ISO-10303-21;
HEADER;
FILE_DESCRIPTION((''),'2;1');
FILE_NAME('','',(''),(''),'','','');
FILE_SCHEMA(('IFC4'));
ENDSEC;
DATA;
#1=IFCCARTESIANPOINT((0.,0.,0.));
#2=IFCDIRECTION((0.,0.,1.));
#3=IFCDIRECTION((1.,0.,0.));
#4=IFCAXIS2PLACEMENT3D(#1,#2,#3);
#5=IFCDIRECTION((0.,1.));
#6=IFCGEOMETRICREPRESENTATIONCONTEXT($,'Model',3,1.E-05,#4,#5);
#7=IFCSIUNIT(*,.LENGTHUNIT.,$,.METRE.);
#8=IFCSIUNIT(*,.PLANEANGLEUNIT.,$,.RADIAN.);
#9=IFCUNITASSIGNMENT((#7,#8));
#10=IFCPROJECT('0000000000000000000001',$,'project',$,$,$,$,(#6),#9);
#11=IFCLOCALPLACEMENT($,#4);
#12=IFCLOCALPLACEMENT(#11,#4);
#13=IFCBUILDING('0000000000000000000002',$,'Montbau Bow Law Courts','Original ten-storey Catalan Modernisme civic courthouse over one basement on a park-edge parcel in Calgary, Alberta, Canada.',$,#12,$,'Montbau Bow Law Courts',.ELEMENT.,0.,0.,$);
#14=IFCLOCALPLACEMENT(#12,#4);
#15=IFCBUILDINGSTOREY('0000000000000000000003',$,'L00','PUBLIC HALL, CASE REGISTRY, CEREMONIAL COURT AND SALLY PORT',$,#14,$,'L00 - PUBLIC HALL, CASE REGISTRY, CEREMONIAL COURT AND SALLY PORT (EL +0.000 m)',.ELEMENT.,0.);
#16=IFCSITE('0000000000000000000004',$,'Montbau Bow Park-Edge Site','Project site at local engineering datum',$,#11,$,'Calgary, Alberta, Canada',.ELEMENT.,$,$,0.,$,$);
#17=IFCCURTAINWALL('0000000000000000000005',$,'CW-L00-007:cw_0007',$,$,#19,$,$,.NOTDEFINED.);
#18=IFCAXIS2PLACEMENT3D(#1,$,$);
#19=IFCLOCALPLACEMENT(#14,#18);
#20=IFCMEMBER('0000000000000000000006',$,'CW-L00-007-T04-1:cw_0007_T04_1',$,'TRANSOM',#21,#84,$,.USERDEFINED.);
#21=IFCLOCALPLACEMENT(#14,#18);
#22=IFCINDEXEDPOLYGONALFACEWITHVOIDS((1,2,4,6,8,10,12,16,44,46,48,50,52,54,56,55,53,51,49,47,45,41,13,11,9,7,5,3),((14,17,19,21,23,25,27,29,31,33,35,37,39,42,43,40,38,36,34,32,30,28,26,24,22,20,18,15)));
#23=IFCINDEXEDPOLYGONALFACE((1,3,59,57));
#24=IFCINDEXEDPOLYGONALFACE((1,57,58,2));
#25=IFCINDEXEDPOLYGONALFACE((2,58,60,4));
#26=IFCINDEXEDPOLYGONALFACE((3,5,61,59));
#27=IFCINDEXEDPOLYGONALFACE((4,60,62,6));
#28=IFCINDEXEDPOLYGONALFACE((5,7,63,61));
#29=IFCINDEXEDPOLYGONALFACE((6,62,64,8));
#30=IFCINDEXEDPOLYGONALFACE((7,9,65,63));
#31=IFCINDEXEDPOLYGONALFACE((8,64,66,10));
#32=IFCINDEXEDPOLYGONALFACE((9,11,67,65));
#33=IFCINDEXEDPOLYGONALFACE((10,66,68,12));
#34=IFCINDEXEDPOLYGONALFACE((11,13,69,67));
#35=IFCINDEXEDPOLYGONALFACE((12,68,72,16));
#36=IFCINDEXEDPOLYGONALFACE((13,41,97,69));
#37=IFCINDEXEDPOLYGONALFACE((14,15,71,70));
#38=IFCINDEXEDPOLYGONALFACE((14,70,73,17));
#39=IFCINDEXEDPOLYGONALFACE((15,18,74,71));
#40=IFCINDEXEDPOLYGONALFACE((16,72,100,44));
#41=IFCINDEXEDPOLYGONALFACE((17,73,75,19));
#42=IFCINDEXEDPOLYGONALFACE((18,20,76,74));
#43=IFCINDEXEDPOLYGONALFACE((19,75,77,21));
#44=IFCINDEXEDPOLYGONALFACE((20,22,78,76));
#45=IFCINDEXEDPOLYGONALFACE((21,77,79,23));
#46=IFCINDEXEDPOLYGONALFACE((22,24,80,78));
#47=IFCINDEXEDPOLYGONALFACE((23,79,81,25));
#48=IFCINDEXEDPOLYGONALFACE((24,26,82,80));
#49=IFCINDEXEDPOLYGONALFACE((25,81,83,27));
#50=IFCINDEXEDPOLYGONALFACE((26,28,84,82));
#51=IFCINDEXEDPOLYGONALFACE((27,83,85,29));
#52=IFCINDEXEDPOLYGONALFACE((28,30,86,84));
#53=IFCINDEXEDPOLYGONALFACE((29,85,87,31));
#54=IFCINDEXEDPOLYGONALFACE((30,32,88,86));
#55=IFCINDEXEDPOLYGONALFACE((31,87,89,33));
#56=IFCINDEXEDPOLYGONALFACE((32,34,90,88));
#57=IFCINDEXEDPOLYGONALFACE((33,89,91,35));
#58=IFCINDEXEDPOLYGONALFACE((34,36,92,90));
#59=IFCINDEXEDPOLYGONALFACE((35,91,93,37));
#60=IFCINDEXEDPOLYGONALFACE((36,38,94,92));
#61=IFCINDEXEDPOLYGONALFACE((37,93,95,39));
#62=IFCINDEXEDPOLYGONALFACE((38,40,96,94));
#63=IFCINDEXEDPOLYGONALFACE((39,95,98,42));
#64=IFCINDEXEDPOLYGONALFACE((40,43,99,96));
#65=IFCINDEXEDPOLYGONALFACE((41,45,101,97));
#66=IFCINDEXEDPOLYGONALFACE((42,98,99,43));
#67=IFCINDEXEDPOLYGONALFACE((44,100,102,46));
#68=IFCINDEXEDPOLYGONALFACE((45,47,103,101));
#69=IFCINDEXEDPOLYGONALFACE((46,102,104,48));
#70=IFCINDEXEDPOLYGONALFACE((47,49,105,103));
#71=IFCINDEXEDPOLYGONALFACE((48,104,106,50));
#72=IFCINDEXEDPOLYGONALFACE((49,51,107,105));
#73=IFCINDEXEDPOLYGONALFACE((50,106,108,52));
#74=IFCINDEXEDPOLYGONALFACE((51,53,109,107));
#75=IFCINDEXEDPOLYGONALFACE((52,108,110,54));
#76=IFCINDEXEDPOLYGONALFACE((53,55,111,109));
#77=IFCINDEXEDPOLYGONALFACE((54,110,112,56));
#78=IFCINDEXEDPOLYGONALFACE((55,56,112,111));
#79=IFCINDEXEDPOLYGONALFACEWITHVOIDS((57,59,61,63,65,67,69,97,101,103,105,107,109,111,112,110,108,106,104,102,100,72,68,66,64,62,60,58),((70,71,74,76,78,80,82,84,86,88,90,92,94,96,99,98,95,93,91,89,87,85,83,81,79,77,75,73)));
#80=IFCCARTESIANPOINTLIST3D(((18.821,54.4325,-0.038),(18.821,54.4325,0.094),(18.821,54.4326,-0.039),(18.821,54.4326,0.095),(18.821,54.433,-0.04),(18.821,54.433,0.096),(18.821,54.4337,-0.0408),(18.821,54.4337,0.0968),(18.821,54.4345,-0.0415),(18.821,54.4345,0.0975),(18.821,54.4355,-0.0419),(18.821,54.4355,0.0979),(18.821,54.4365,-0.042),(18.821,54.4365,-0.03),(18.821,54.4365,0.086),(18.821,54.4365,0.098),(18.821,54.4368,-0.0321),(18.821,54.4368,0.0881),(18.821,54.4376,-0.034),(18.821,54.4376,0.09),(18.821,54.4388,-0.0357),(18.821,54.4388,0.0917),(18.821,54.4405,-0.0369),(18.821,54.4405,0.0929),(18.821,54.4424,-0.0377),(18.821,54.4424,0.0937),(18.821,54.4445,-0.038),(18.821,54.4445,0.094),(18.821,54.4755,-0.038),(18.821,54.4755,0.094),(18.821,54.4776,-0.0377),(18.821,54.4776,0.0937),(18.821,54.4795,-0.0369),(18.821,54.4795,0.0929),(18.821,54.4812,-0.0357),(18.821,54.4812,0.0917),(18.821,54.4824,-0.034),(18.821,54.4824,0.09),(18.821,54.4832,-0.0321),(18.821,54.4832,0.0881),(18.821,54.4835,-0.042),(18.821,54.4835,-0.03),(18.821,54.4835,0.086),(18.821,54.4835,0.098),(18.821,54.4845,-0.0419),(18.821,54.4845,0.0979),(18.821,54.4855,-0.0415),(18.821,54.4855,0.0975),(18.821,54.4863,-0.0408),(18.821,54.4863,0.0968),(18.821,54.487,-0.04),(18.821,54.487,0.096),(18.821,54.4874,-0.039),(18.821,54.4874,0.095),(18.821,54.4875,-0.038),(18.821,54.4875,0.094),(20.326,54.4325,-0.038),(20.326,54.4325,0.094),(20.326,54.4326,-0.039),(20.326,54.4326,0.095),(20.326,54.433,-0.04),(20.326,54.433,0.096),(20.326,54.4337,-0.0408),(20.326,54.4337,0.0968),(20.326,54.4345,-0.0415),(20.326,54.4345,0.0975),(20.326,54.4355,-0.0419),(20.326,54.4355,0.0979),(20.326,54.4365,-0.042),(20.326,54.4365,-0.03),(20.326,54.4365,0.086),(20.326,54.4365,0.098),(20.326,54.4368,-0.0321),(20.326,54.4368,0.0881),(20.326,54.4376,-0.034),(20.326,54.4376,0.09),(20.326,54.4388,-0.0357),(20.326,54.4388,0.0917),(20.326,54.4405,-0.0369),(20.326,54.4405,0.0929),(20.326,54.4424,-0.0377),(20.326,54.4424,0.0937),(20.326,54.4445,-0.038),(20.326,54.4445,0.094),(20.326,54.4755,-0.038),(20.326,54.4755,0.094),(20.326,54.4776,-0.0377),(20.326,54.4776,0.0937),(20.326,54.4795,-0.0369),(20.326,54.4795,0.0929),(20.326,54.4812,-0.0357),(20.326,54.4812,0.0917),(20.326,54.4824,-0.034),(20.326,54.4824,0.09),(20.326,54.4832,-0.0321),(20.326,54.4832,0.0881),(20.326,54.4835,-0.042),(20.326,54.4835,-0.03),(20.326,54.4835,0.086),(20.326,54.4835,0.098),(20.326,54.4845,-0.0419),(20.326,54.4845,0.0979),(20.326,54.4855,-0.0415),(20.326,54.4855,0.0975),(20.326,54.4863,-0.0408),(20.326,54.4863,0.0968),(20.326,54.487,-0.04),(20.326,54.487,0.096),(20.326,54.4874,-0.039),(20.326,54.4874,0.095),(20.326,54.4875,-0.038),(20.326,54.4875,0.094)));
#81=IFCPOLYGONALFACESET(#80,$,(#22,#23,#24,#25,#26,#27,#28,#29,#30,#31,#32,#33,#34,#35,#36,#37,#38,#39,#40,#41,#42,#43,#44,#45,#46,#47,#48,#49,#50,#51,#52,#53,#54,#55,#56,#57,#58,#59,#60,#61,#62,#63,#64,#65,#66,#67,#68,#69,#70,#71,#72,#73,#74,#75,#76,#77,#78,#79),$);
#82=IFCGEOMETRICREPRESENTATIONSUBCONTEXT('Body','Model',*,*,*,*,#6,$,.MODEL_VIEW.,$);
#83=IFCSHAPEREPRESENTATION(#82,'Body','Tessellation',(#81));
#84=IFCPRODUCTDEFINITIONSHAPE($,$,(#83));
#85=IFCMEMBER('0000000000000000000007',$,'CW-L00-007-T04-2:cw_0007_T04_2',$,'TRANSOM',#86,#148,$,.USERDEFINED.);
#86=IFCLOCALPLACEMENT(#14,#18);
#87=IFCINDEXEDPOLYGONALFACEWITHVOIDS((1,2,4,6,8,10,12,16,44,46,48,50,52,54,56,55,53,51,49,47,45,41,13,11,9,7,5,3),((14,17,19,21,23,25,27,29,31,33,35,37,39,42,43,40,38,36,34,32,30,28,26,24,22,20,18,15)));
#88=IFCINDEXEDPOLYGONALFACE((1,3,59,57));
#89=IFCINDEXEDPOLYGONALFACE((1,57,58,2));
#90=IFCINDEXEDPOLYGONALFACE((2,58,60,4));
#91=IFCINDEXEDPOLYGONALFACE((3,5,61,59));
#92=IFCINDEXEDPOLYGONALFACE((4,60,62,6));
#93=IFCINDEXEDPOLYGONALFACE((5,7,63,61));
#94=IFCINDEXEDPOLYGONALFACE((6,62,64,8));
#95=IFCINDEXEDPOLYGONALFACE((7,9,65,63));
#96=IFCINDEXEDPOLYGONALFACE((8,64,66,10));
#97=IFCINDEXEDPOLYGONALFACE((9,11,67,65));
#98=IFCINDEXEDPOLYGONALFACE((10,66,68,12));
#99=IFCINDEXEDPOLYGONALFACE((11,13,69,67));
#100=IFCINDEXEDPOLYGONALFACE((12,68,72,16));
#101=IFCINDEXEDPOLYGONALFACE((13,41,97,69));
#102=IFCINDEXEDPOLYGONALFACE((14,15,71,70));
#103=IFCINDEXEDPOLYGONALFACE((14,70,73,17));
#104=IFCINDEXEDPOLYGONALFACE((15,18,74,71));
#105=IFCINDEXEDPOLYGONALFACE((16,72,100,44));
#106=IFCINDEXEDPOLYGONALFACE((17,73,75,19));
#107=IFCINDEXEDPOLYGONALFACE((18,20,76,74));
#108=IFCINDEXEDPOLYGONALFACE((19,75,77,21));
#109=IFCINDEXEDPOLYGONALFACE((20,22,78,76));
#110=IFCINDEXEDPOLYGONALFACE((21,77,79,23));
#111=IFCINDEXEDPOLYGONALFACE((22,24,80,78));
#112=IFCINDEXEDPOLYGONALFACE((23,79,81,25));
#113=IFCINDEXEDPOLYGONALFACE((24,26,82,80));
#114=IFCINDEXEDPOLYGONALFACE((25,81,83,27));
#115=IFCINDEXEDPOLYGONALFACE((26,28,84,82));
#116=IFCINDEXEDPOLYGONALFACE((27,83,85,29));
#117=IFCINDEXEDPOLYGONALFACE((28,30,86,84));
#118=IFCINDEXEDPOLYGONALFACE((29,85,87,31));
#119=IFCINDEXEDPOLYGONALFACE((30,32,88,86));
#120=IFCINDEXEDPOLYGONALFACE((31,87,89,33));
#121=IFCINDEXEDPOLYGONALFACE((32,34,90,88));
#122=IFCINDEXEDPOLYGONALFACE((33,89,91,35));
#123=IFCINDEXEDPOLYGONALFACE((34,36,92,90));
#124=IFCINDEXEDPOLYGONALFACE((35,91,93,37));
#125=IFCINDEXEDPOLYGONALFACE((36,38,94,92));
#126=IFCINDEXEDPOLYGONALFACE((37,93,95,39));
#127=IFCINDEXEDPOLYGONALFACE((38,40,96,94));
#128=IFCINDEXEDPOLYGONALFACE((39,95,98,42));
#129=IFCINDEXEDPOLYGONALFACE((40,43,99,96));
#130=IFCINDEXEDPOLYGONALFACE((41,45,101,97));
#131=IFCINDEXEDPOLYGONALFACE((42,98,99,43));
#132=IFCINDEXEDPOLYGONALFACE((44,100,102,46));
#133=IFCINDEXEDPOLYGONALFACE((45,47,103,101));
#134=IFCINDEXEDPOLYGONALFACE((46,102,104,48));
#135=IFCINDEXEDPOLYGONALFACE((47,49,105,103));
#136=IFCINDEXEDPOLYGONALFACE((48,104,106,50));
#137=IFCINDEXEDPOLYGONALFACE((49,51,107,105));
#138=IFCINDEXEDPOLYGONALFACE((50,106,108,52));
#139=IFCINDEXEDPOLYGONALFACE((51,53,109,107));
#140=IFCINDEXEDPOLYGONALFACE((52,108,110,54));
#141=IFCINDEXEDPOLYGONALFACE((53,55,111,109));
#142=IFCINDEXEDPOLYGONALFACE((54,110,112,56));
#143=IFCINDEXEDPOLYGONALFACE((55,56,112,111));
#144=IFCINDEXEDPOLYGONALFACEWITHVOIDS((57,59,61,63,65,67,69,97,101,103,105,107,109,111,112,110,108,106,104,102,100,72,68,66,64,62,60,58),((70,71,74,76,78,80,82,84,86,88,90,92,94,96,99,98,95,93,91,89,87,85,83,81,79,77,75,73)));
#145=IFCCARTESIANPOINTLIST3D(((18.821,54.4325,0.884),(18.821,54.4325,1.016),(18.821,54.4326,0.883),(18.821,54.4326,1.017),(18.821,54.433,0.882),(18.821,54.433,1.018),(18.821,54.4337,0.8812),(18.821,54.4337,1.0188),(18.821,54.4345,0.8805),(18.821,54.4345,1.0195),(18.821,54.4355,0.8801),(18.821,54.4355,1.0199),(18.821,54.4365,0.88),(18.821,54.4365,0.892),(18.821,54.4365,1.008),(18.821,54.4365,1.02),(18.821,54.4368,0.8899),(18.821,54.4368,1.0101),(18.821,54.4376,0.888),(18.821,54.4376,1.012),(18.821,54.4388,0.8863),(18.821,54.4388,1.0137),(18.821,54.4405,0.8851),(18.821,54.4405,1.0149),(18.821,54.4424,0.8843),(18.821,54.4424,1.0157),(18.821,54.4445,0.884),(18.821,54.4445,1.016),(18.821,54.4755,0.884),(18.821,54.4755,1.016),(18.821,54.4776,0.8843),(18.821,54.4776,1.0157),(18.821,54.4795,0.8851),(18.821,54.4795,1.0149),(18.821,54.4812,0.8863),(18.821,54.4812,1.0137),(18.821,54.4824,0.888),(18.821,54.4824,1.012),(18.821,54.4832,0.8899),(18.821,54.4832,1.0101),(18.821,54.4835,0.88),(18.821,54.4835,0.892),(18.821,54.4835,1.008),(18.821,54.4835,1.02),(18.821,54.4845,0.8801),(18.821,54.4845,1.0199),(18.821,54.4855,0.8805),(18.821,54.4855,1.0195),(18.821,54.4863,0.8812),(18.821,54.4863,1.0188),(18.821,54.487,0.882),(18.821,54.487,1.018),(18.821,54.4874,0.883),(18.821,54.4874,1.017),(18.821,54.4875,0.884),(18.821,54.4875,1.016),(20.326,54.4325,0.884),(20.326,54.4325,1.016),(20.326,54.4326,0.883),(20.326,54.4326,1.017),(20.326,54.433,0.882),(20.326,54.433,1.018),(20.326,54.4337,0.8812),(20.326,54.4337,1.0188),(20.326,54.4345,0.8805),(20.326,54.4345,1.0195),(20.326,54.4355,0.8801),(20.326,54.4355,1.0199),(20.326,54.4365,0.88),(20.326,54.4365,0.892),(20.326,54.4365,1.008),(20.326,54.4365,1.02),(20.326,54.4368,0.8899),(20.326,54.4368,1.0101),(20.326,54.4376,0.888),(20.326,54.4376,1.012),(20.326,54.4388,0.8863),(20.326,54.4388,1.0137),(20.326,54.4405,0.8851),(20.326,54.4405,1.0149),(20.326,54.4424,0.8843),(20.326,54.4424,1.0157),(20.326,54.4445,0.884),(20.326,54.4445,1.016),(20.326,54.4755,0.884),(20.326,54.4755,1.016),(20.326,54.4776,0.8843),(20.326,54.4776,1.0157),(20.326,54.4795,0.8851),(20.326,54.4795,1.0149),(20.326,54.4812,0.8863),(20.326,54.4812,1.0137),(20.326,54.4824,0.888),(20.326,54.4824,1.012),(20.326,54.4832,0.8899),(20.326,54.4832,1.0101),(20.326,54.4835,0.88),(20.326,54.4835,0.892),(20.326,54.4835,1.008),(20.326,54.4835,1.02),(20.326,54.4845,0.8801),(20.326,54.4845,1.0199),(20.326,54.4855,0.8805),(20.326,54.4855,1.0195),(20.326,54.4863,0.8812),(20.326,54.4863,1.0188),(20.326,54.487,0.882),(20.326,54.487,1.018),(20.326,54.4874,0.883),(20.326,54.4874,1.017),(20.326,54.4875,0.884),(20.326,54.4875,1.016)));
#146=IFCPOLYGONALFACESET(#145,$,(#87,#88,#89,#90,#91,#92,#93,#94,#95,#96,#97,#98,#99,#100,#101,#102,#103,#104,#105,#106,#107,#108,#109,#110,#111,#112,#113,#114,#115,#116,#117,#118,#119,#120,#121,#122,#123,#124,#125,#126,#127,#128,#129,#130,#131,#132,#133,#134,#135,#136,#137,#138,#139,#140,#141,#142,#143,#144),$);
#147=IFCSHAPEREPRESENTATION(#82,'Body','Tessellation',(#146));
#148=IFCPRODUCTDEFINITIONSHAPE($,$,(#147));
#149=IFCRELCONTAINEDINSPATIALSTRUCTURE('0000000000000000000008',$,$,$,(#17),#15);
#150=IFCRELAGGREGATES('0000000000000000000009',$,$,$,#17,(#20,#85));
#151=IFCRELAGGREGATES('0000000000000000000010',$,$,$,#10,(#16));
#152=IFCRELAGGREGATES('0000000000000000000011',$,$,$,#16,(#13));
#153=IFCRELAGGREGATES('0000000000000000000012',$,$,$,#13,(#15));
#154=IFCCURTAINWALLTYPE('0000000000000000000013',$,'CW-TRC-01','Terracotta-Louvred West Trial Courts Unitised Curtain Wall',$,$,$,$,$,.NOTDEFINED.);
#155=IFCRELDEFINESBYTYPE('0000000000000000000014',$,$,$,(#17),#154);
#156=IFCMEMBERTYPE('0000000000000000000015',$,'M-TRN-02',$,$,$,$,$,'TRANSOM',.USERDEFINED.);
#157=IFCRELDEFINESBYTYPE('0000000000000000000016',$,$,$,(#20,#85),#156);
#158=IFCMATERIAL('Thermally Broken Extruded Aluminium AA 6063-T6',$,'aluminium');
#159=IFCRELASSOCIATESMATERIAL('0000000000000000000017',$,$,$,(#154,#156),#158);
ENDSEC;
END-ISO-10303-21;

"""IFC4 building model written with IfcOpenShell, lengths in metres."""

from ifc_helpers import new_model, si_unit, direction, frame, origin_with_axes, origin_2d_with_axis, place, context, subcontext, project, spatial, hollow_rectangle, extrude, material, material_profile, profile_set, type_object, element, aggregate, save


model = new_model("IFC4")

# Units and contexts
model_context = context("Model", 3, precision=1e-05, world=origin_with_axes(), true_north=direction((0.0, 1.0)))
body_context = subcontext(model_context, "Body", "Model", "MODEL_VIEW")
ifc_project = project(units=[si_unit("LENGTHUNIT", "METRE"), si_unit("PLANEANGLEUNIT", "RADIAN")], contexts=[model_context])

# Site, building, storey
site_placement = place(None, origin_with_axes())
site = spatial("IfcSite", under=ifc_project, at=site_placement, Name="Montbau Bow Park-Edge Site", Description="Project site at local engineering datum", LongName="Calgary, Alberta, Canada", CompositionType="ELEMENT", RefElevation=0.0)
building_placement = place(site_placement, origin_with_axes())
building = spatial("IfcBuilding", under=site, at=building_placement, Name="Montbau Bow Law Courts", Description="Original ten-storey Catalan Modernisme civic courthouse over one basement on a park-edge parcel in Calgary, Alberta, Canada.", LongName="Montbau Bow Law Courts", CompositionType="ELEMENT", ElevationOfRefHeight=0.0, ElevationOfTerrain=0.0)
storey_placement = place(building_placement, origin_with_axes())
storey = spatial("IfcBuildingStorey", under=building, at=storey_placement, Name="L00", Description="PUBLIC HALL, CASE REGISTRY, CEREMONIAL COURT AND SALLY PORT", LongName="L00 - PUBLIC HALL, CASE REGISTRY, CEREMONIAL COURT AND SALLY PORT (EL +0.000 m)", CompositionType="ELEMENT", Elevation=0.0)

# Curtain wall, members
ifc_material_1 = material(Name="Thermally Broken Extruded Aluminium AA 6063-T6", Category="aluminium")
curtain_wall_type = type_object("IfcCurtainWallType", Name="CW-TRC-01", Description="Terracotta-Louvred West Trial Courts Unitised Curtain Wall", PredefinedType="NOTDEFINED", material=ifc_material_1)
curtain_wall_placement = place(None, frame((14.068, 54.46, 0.0), z_axis=(0.0, 0.0, 1.0), x_axis=(1.0, 0.0, 0.0)))
curtain_wall = element("IfcCurtainWall", 1, at=curtain_wall_placement, inside=storey, type_object=curtain_wall_type, Name="CW-L00-007:cw_0007", PredefinedType="NOTDEFINED")
ifc_material_profile_1 = material_profile(ifc_material_1, hollow_rectangle(XDim=0.055, YDim=0.14, WallThickness=0.004, InnerFilletRadius=0.008, OuterFilletRadius=0.004, at=origin_2d_with_axis()), Name="CWT-140X55", Category="Main", Priority=0)
ifc_profile_set_1 = profile_set([ifc_material_profile_1], Name="Thermally Broken Extruded Aluminium AA 6063-T6")
member_type_1 = type_object("IfcMemberType", Name="M-TRN-02", ElementType="TRANSOM", PredefinedType="USERDEFINED", material=ifc_profile_set_1)
member_1_placement = place(None, frame((18.821, 54.46, 0.028), z_axis=(1.0, 0.0, 0.0), x_axis=(0.0, 1.0, 0.0)))
member_1 = element("IfcMember", 2, at=member_1_placement, type_object=member_type_1, Name="CW-L00-007-T04-1:cw_0007_T04_1", ObjectType="TRANSOM", PredefinedType="USERDEFINED", context=body_context, shape_type="SweptSolid", body=[
    extrude(hollow_rectangle(XDim=0.055, YDim=0.14, WallThickness=0.004, InnerFilletRadius=0.008, OuterFilletRadius=0.004, at=origin_2d_with_axis()), origin_with_axes(), (0.0, 0.0, 1.0), 1.505),
])
member_2_placement = place(None, frame((18.821, 54.46, 0.95), z_axis=(1.0, 0.0, 0.0), x_axis=(0.0, 1.0, 0.0)))
member_2 = element("IfcMember", 3, at=member_2_placement, type_object=member_type_1, Name="CW-L00-007-T04-2:cw_0007_T04_2", ObjectType="TRANSOM", PredefinedType="USERDEFINED", context=body_context, shape_type="SweptSolid", body=[
    extrude(hollow_rectangle(XDim=0.055, YDim=0.14, WallThickness=0.004, InnerFilletRadius=0.008, OuterFilletRadius=0.004, at=origin_2d_with_axis()), origin_with_axes(), (0.0, 0.0, 1.0), 1.505),
])

aggregate(curtain_wall, [member_1, member_2])

save(model, "model.ifc")
